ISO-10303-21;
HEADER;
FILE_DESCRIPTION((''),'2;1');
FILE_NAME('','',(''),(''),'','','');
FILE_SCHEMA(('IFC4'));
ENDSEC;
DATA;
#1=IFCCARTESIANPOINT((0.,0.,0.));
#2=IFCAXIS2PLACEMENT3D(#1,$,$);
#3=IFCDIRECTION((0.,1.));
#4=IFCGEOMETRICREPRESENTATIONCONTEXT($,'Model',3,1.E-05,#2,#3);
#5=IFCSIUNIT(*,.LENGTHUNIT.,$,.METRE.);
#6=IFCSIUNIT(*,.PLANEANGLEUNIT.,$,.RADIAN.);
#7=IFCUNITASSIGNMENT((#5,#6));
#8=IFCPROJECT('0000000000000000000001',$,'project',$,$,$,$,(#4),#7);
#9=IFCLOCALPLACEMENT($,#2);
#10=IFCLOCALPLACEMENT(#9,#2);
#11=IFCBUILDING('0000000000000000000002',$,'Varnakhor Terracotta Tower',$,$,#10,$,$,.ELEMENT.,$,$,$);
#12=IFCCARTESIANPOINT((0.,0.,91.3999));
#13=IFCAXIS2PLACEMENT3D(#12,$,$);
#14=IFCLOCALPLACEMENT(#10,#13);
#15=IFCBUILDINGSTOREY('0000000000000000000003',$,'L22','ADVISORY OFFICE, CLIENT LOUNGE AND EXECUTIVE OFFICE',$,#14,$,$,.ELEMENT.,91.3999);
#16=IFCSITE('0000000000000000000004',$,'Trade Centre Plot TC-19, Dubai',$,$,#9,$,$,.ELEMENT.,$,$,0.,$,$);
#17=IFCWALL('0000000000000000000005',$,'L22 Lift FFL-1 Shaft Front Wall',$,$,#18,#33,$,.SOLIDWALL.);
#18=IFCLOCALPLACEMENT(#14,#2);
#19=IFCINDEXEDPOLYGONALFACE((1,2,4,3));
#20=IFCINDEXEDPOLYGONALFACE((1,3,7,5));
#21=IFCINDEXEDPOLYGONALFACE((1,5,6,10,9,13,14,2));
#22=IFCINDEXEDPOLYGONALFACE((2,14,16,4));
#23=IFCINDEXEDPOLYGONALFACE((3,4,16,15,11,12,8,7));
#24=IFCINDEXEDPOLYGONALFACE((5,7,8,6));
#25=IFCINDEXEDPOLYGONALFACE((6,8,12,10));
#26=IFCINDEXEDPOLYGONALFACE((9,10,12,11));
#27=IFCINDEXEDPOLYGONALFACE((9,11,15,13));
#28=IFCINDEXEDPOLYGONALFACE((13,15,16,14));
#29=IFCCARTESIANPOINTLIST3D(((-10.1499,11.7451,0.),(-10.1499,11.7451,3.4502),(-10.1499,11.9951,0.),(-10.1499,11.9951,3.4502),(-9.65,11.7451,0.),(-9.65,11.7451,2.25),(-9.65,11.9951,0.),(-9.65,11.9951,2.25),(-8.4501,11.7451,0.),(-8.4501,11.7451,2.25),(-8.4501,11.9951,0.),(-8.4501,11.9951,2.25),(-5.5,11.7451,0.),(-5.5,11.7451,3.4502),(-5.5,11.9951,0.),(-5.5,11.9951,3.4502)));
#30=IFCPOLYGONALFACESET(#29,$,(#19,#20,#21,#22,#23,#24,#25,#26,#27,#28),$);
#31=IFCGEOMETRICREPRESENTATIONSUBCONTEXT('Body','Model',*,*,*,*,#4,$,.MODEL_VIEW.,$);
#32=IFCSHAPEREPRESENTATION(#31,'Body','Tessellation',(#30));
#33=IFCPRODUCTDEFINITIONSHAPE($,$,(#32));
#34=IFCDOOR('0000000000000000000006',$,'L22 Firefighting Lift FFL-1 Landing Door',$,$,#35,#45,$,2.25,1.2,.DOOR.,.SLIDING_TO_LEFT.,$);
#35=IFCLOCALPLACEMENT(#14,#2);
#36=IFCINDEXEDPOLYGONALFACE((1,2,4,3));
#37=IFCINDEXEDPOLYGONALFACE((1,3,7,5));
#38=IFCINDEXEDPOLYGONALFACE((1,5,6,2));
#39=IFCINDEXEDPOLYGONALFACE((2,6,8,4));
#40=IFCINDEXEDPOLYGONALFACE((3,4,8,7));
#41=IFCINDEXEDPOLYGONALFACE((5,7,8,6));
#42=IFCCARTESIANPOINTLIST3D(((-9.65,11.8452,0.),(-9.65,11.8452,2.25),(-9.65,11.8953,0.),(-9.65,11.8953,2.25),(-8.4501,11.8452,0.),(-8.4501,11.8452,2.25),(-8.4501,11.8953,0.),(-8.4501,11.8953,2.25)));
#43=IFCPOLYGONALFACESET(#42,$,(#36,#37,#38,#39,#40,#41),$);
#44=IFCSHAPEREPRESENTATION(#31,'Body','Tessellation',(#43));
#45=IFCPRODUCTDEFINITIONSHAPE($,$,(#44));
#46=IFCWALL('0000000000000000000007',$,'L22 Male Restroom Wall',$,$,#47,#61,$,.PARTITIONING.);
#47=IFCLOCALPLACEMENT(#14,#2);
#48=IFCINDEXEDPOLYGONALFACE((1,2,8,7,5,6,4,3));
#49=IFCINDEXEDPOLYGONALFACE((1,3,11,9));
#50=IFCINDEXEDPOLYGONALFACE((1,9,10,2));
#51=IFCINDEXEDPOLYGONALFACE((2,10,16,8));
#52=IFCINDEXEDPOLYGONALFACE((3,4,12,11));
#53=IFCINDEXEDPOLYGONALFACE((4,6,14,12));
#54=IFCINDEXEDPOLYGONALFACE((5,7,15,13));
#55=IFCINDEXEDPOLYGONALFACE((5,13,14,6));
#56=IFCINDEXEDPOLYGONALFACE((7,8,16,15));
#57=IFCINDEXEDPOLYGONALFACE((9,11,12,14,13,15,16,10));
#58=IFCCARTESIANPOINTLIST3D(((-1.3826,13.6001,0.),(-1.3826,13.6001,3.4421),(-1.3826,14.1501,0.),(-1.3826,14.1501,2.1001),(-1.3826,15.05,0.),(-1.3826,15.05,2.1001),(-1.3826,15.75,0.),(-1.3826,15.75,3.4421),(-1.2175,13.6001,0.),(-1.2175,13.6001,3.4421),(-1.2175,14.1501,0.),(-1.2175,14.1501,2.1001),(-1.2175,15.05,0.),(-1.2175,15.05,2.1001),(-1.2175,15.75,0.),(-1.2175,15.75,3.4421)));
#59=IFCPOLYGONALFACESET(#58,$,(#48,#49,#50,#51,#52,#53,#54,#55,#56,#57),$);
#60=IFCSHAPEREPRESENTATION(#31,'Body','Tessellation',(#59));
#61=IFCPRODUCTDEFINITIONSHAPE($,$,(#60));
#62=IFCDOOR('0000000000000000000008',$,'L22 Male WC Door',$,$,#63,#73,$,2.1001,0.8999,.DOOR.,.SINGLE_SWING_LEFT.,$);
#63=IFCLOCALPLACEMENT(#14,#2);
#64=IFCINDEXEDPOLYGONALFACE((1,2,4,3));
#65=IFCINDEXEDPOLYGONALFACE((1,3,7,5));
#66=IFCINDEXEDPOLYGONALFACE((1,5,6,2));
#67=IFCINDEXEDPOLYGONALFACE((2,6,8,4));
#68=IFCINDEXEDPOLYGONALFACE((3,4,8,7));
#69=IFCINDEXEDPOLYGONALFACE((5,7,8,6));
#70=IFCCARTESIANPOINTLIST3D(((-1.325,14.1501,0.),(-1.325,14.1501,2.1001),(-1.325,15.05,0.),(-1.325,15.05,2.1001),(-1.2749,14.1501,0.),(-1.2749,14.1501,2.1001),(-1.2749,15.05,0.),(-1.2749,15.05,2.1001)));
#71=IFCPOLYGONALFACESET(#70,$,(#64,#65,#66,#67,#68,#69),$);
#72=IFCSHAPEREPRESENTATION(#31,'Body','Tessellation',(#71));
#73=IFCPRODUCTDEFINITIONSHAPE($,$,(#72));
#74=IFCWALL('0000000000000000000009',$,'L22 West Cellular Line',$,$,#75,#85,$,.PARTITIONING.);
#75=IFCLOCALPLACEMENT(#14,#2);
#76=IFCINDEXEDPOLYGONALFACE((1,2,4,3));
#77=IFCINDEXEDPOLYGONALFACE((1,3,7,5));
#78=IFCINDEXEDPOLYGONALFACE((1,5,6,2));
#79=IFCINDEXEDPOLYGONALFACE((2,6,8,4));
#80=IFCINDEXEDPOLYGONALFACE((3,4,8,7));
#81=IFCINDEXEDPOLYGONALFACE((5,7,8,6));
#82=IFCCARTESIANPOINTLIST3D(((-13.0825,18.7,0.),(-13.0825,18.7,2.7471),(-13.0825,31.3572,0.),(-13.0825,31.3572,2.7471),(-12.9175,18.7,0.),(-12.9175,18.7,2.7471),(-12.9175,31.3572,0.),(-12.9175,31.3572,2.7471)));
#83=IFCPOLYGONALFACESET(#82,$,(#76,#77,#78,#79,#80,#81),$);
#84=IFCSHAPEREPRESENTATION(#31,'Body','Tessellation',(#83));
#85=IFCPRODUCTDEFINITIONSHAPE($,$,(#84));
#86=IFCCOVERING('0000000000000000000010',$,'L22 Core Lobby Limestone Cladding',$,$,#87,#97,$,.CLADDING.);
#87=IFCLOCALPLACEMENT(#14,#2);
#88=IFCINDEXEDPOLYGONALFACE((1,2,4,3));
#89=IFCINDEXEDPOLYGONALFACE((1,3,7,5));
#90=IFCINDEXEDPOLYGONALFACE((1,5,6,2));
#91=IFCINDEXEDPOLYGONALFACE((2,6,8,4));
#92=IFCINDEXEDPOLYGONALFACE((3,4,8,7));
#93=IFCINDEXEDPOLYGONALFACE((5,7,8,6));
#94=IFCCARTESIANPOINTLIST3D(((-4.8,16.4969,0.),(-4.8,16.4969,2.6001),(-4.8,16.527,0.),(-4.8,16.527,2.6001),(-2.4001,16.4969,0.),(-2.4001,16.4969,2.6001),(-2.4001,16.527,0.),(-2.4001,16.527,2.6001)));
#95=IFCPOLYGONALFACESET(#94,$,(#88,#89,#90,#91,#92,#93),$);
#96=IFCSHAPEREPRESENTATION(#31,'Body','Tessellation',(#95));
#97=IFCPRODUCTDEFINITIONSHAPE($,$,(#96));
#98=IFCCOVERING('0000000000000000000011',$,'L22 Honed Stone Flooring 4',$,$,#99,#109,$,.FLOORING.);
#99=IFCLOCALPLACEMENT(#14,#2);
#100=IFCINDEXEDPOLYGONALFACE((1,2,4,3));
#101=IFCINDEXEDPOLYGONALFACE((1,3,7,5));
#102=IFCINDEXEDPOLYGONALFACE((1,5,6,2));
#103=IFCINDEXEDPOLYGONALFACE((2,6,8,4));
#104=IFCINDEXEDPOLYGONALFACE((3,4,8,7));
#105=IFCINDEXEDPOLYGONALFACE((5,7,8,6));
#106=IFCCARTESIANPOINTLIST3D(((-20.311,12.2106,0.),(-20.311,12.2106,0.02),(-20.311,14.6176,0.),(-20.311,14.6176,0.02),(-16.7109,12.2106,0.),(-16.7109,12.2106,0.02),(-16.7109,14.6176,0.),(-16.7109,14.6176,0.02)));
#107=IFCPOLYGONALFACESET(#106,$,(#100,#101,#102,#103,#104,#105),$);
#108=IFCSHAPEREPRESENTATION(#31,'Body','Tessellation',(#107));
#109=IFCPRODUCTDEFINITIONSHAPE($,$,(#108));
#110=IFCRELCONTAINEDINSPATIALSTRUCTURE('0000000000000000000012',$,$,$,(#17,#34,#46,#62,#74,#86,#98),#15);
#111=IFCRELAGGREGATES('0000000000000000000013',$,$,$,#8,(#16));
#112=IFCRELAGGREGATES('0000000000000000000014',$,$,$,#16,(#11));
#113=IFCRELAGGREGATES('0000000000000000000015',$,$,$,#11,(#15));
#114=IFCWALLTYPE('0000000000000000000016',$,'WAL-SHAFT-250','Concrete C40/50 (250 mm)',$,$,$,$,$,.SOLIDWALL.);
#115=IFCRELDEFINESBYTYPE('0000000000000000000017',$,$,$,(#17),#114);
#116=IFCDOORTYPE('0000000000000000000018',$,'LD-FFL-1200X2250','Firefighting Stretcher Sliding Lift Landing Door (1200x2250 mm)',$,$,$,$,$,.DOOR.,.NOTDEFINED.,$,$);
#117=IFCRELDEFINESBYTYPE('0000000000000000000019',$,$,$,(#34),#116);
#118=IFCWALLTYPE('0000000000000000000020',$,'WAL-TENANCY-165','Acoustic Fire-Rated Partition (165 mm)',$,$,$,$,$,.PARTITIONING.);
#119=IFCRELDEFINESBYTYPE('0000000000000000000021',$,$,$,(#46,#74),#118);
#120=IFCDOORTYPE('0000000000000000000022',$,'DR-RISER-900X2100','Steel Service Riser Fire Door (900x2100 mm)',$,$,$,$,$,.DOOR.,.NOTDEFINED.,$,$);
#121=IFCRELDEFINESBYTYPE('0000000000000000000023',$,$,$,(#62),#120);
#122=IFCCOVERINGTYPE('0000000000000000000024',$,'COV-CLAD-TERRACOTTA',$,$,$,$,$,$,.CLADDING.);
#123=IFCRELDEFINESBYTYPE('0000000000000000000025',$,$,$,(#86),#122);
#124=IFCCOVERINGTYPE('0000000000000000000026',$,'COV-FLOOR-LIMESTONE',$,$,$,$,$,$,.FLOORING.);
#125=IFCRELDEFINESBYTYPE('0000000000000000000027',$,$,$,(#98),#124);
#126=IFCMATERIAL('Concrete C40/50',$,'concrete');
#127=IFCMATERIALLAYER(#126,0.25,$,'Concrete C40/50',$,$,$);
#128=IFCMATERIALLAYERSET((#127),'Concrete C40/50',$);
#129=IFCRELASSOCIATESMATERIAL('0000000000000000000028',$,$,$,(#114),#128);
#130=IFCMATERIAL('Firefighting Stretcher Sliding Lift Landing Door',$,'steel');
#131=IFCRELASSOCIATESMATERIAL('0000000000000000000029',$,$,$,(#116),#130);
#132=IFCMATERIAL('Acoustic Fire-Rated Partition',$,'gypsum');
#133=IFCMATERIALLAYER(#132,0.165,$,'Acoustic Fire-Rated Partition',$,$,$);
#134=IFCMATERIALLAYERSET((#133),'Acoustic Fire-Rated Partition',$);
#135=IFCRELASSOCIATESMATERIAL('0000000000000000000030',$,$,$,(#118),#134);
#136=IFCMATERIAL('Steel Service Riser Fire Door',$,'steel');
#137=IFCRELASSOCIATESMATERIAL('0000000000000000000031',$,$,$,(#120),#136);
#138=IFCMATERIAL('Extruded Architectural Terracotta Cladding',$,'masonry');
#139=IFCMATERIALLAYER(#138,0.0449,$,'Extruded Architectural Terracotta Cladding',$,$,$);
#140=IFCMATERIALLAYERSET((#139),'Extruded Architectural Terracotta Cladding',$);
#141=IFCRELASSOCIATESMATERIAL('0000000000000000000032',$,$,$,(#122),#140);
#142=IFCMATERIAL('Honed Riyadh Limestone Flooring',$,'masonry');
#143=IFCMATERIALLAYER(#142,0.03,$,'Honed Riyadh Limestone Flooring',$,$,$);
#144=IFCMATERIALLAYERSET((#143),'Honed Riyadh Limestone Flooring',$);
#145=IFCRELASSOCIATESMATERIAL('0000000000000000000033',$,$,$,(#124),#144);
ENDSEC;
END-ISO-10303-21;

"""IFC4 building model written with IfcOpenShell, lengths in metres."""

from ifc_helpers import new_model, si_unit, direction, frame, frame_2d, origin, origin_2d, place, context, subcontext, project, spatial, rectangle, extrude, source, transform, mapped, material, layer, layer_set, type_object, type_shapes, element, fill, save


model = new_model("IFC4")

# Units and contexts
model_context = context("Model", 3, precision=1e-05, world=origin(), true_north=direction((0.0, 1.0)))
body_context = subcontext(model_context, "Body", "Model", "MODEL_VIEW")
ifc_project = project(units=[si_unit("LENGTHUNIT", "METRE"), si_unit("PLANEANGLEUNIT", "RADIAN")], contexts=[model_context])

# Site, building, storey
site_placement = place(None, origin())
site = spatial("IfcSite", under=ifc_project, at=site_placement, Name="Trade Centre Plot TC-19, Dubai", CompositionType="ELEMENT", RefElevation=0.0)
building_placement = place(site_placement, origin())
building = spatial("IfcBuilding", under=site, at=building_placement, Name="Varnakhor Terracotta Tower", CompositionType="ELEMENT")
storey_placement = place(building_placement, frame((0.0, 0.0, 91.3999)))
storey = spatial("IfcBuildingStorey", under=building, at=storey_placement, Name="L22", Description="ADVISORY OFFICE, CLIENT LOUNGE AND EXECUTIVE OFFICE", CompositionType="ELEMENT", Elevation=91.3999)

# Shared definitions
ifc_material_1 = material(Name="Concrete C40/50", Category="concrete")

# Walls, openings, doors
ifc_layer_1 = layer(ifc_material_1, 0.25, Name="Concrete C40/50")
ifc_layer_set_1 = layer_set([ifc_layer_1], Name="Concrete C40/50")
wall_type_1 = type_object("IfcWallType", Name="WAL-SHAFT-250", Description="Concrete C40/50 (250 mm)", PredefinedType="SOLIDWALL", material=ifc_layer_set_1)
wall_1_placement = place(storey_placement, frame((-5.5, 11.8701, 0.0), z_axis=(0.0, 0.0, 1.0), x_axis=(-1.0, 0.0, 0.0)))
wall_1 = element("IfcWall", 1, at=wall_1_placement, inside=storey, type_object=wall_type_1, Name="L22 Lift FFL-1 Shaft Front Wall", PredefinedType="SOLIDWALL", context=body_context, shape_type="SweptSolid", body=[
    extrude(rectangle(XDim=4.6499, YDim=0.25, at=frame_2d((2.325, 0.0))), origin(), (0.0, 0.0, 1.0), 3.4502),
])
opening_1_placement = place(wall_1_placement, frame((2.95, 0.0, 0.0)))
opening_1 = element("IfcOpeningElement", 2, at=opening_1_placement, cuts=wall_1, PredefinedType="OPENING", context=body_context, shape_type="SweptSolid", body=[
    extrude(rectangle(XDim=1.2, YDim=2.25, at=frame_2d((0.6001, 1.125))), frame((0.0, 0.135, 0.0), z_axis=(0.0, -1.0, 0.0), x_axis=(1.0, 0.0, 0.0)), (0.0, 0.0, 1.0), 0.27),
])
ifc_material_2 = material(Name="Firefighting Stretcher Sliding Lift Landing Door", Category="steel")
door_type_1 = type_object("IfcDoorType", Name="LD-FFL-1200X2250", Description="Firefighting Stretcher Sliding Lift Landing Door (1200x2250 mm)", OperationType="NOTDEFINED", PredefinedType="DOOR", material=ifc_material_2)
shared_shape_1 = source(origin(), body_context, "Body", "SweptSolid", [
    extrude(rectangle(XDim=1.2, YDim=2.25, at=frame_2d((0.6001, 1.125))), frame((0.0, 0.0249, 0.0), z_axis=(0.0, -1.0, 0.0), x_axis=(1.0, 0.0, 0.0)), (0.0, 0.0, 1.0), 0.05),
])
type_shapes(door_type_1, [shared_shape_1])
door_1_placement = place(opening_1_placement, origin())
door_1 = element("IfcDoor", 3, at=door_1_placement, inside=storey, type_object=door_type_1, Name="L22 Firefighting Lift FFL-1 Landing Door", OperationType="SLIDING_TO_LEFT", OverallHeight=2.25, OverallWidth=1.2, PredefinedType="DOOR", context=body_context, shape_type="MappedRepresentation", body=[
    mapped(shared_shape_1, transform((0.0, 0.0, 0.0), scale=1.0)),
])
fill(opening_1, door_1)
ifc_material_3 = material(Name="Acoustic Fire-Rated Partition", Category="gypsum")
ifc_layer_2 = layer(ifc_material_3, 0.165, Name="Acoustic Fire-Rated Partition")
ifc_layer_set_2 = layer_set([ifc_layer_2], Name="Acoustic Fire-Rated Partition")
wall_type_2 = type_object("IfcWallType", Name="WAL-TENANCY-165", Description="Acoustic Fire-Rated Partition (165 mm)", PredefinedType="PARTITIONING", material=ifc_layer_set_2)
wall_2_placement = place(storey_placement, frame((-1.3, 13.6001, 0.0), z_axis=(0.0, 0.0, 1.0), x_axis=(0.0, 1.0, 0.0)))
wall_2 = element("IfcWall", 4, at=wall_2_placement, inside=storey, type_object=wall_type_2, Name="L22 Male Restroom Wall", PredefinedType="PARTITIONING", context=body_context, shape_type="SweptSolid", body=[
    extrude(rectangle(XDim=2.1499, YDim=0.165, at=frame_2d((1.075, 0.0))), origin(), (0.0, 0.0, 1.0), 3.4421),
])
opening_2_placement = place(wall_2_placement, frame((0.55, 0.0, 0.0)))
opening_2 = element("IfcOpeningElement", 5, at=opening_2_placement, cuts=wall_2, PredefinedType="OPENING", context=body_context, shape_type="SweptSolid", body=[
    extrude(rectangle(XDim=0.8999, YDim=2.1001, at=frame_2d((0.45, 1.05))), frame((0.0, 0.0925, 0.0), z_axis=(0.0, -1.0, 0.0), x_axis=(1.0, 0.0, 0.0)), (0.0, 0.0, 1.0), 0.1851),
])
ifc_material_4 = material(Name="Steel Service Riser Fire Door", Category="steel")
door_type_2 = type_object("IfcDoorType", Name="DR-RISER-900X2100", Description="Steel Service Riser Fire Door (900x2100 mm)", OperationType="NOTDEFINED", PredefinedType="DOOR", material=ifc_material_4)
shared_shape_2 = source(origin(), body_context, "Body", "SweptSolid", [
    extrude(rectangle(XDim=0.8999, YDim=2.1001, at=frame_2d((0.45, 1.05))), frame((0.0, 0.0249, 0.0), z_axis=(0.0, -1.0, 0.0), x_axis=(1.0, 0.0, 0.0)), (0.0, 0.0, 1.0), 0.05),
])
type_shapes(door_type_2, [shared_shape_2])
door_2_placement = place(opening_2_placement, origin())
door_2 = element("IfcDoor", 6, at=door_2_placement, inside=storey, type_object=door_type_2, Name="L22 Male WC Door", OperationType="SINGLE_SWING_LEFT", OverallHeight=2.1001, OverallWidth=0.8999, PredefinedType="DOOR", context=body_context, shape_type="MappedRepresentation", body=[
    mapped(shared_shape_2, transform((0.0, 0.0, 0.0), scale=1.0)),
])
fill(opening_2, door_2)

# Wall
wall_3_placement = place(storey_placement, frame((-13.0, 18.7, 0.0), z_axis=(0.0, 0.0, 1.0), x_axis=(0.0, 1.0, 0.0)))
element("IfcWall", 7, at=wall_3_placement, inside=storey, type_object=wall_type_2, Name="L22 West Cellular Line", PredefinedType="PARTITIONING", context=body_context, shape_type="SweptSolid", body=[
    extrude(rectangle(XDim=12.6572, YDim=0.165, at=frame_2d((6.3286, 0.0))), origin(), (0.0, 0.0, 1.0), 2.7471),
])

# Coverings
ifc_material_5 = material(Name="Extruded Architectural Terracotta Cladding", Category="masonry")
ifc_layer_3 = layer(ifc_material_5, 0.0449, Name="Extruded Architectural Terracotta Cladding")
ifc_layer_set_3 = layer_set([ifc_layer_3], Name="Extruded Architectural Terracotta Cladding")
covering_type_1 = type_object("IfcCoveringType", Name="COV-CLAD-TERRACOTTA", PredefinedType="CLADDING", material=ifc_layer_set_3)
shared_shape_3 = source(origin(), body_context, "Body", "SweptSolid", [
    extrude(rectangle(XDim=2.3999, YDim=0.03, at=origin_2d()), origin(), (0.0, 0.0, 1.0), 2.6001),
])
type_shapes(covering_type_1, [shared_shape_3])
covering_1_placement = place(storey_placement, frame((-3.6001, 16.512, 0.0), z_axis=(0.0, 0.0, 1.0), x_axis=(1.0, 0.0, 0.0)))
element("IfcCovering", 8, at=covering_1_placement, inside=storey, type_object=covering_type_1, Name="L22 Core Lobby Limestone Cladding", PredefinedType="CLADDING", context=body_context, shape_type="MappedRepresentation", body=[
    mapped(shared_shape_3, transform((0.0, 0.0, 0.0), scale=1.0)),
])
ifc_material_6 = material(Name="Honed Riyadh Limestone Flooring", Category="masonry")
ifc_layer_4 = layer(ifc_material_6, 0.03, Name="Honed Riyadh Limestone Flooring")
ifc_layer_set_4 = layer_set([ifc_layer_4], Name="Honed Riyadh Limestone Flooring")
covering_type_2 = type_object("IfcCoveringType", Name="COV-FLOOR-LIMESTONE", PredefinedType="FLOORING", material=ifc_layer_set_4)
shared_shape_4 = source(origin(), body_context, "Body", "SweptSolid", [
    extrude(rectangle(XDim=3.6001, YDim=2.407, at=origin_2d()), origin(), (0.0, 0.0, 1.0), 0.02),
])
covering_2_placement = place(storey_placement, frame((-18.511, 13.4141, 0.0), z_axis=(0.0, 0.0, 1.0), x_axis=(1.0, 0.0, 0.0)))
element("IfcCovering", 9, at=covering_2_placement, inside=storey, type_object=covering_type_2, Name="L22 Honed Stone Flooring 4", PredefinedType="FLOORING", context=body_context, shape_type="MappedRepresentation", body=[
    mapped(shared_shape_4, transform((0.0, 0.0, 0.0), scale=1.0)),
])

save(model, "model.ifc")
